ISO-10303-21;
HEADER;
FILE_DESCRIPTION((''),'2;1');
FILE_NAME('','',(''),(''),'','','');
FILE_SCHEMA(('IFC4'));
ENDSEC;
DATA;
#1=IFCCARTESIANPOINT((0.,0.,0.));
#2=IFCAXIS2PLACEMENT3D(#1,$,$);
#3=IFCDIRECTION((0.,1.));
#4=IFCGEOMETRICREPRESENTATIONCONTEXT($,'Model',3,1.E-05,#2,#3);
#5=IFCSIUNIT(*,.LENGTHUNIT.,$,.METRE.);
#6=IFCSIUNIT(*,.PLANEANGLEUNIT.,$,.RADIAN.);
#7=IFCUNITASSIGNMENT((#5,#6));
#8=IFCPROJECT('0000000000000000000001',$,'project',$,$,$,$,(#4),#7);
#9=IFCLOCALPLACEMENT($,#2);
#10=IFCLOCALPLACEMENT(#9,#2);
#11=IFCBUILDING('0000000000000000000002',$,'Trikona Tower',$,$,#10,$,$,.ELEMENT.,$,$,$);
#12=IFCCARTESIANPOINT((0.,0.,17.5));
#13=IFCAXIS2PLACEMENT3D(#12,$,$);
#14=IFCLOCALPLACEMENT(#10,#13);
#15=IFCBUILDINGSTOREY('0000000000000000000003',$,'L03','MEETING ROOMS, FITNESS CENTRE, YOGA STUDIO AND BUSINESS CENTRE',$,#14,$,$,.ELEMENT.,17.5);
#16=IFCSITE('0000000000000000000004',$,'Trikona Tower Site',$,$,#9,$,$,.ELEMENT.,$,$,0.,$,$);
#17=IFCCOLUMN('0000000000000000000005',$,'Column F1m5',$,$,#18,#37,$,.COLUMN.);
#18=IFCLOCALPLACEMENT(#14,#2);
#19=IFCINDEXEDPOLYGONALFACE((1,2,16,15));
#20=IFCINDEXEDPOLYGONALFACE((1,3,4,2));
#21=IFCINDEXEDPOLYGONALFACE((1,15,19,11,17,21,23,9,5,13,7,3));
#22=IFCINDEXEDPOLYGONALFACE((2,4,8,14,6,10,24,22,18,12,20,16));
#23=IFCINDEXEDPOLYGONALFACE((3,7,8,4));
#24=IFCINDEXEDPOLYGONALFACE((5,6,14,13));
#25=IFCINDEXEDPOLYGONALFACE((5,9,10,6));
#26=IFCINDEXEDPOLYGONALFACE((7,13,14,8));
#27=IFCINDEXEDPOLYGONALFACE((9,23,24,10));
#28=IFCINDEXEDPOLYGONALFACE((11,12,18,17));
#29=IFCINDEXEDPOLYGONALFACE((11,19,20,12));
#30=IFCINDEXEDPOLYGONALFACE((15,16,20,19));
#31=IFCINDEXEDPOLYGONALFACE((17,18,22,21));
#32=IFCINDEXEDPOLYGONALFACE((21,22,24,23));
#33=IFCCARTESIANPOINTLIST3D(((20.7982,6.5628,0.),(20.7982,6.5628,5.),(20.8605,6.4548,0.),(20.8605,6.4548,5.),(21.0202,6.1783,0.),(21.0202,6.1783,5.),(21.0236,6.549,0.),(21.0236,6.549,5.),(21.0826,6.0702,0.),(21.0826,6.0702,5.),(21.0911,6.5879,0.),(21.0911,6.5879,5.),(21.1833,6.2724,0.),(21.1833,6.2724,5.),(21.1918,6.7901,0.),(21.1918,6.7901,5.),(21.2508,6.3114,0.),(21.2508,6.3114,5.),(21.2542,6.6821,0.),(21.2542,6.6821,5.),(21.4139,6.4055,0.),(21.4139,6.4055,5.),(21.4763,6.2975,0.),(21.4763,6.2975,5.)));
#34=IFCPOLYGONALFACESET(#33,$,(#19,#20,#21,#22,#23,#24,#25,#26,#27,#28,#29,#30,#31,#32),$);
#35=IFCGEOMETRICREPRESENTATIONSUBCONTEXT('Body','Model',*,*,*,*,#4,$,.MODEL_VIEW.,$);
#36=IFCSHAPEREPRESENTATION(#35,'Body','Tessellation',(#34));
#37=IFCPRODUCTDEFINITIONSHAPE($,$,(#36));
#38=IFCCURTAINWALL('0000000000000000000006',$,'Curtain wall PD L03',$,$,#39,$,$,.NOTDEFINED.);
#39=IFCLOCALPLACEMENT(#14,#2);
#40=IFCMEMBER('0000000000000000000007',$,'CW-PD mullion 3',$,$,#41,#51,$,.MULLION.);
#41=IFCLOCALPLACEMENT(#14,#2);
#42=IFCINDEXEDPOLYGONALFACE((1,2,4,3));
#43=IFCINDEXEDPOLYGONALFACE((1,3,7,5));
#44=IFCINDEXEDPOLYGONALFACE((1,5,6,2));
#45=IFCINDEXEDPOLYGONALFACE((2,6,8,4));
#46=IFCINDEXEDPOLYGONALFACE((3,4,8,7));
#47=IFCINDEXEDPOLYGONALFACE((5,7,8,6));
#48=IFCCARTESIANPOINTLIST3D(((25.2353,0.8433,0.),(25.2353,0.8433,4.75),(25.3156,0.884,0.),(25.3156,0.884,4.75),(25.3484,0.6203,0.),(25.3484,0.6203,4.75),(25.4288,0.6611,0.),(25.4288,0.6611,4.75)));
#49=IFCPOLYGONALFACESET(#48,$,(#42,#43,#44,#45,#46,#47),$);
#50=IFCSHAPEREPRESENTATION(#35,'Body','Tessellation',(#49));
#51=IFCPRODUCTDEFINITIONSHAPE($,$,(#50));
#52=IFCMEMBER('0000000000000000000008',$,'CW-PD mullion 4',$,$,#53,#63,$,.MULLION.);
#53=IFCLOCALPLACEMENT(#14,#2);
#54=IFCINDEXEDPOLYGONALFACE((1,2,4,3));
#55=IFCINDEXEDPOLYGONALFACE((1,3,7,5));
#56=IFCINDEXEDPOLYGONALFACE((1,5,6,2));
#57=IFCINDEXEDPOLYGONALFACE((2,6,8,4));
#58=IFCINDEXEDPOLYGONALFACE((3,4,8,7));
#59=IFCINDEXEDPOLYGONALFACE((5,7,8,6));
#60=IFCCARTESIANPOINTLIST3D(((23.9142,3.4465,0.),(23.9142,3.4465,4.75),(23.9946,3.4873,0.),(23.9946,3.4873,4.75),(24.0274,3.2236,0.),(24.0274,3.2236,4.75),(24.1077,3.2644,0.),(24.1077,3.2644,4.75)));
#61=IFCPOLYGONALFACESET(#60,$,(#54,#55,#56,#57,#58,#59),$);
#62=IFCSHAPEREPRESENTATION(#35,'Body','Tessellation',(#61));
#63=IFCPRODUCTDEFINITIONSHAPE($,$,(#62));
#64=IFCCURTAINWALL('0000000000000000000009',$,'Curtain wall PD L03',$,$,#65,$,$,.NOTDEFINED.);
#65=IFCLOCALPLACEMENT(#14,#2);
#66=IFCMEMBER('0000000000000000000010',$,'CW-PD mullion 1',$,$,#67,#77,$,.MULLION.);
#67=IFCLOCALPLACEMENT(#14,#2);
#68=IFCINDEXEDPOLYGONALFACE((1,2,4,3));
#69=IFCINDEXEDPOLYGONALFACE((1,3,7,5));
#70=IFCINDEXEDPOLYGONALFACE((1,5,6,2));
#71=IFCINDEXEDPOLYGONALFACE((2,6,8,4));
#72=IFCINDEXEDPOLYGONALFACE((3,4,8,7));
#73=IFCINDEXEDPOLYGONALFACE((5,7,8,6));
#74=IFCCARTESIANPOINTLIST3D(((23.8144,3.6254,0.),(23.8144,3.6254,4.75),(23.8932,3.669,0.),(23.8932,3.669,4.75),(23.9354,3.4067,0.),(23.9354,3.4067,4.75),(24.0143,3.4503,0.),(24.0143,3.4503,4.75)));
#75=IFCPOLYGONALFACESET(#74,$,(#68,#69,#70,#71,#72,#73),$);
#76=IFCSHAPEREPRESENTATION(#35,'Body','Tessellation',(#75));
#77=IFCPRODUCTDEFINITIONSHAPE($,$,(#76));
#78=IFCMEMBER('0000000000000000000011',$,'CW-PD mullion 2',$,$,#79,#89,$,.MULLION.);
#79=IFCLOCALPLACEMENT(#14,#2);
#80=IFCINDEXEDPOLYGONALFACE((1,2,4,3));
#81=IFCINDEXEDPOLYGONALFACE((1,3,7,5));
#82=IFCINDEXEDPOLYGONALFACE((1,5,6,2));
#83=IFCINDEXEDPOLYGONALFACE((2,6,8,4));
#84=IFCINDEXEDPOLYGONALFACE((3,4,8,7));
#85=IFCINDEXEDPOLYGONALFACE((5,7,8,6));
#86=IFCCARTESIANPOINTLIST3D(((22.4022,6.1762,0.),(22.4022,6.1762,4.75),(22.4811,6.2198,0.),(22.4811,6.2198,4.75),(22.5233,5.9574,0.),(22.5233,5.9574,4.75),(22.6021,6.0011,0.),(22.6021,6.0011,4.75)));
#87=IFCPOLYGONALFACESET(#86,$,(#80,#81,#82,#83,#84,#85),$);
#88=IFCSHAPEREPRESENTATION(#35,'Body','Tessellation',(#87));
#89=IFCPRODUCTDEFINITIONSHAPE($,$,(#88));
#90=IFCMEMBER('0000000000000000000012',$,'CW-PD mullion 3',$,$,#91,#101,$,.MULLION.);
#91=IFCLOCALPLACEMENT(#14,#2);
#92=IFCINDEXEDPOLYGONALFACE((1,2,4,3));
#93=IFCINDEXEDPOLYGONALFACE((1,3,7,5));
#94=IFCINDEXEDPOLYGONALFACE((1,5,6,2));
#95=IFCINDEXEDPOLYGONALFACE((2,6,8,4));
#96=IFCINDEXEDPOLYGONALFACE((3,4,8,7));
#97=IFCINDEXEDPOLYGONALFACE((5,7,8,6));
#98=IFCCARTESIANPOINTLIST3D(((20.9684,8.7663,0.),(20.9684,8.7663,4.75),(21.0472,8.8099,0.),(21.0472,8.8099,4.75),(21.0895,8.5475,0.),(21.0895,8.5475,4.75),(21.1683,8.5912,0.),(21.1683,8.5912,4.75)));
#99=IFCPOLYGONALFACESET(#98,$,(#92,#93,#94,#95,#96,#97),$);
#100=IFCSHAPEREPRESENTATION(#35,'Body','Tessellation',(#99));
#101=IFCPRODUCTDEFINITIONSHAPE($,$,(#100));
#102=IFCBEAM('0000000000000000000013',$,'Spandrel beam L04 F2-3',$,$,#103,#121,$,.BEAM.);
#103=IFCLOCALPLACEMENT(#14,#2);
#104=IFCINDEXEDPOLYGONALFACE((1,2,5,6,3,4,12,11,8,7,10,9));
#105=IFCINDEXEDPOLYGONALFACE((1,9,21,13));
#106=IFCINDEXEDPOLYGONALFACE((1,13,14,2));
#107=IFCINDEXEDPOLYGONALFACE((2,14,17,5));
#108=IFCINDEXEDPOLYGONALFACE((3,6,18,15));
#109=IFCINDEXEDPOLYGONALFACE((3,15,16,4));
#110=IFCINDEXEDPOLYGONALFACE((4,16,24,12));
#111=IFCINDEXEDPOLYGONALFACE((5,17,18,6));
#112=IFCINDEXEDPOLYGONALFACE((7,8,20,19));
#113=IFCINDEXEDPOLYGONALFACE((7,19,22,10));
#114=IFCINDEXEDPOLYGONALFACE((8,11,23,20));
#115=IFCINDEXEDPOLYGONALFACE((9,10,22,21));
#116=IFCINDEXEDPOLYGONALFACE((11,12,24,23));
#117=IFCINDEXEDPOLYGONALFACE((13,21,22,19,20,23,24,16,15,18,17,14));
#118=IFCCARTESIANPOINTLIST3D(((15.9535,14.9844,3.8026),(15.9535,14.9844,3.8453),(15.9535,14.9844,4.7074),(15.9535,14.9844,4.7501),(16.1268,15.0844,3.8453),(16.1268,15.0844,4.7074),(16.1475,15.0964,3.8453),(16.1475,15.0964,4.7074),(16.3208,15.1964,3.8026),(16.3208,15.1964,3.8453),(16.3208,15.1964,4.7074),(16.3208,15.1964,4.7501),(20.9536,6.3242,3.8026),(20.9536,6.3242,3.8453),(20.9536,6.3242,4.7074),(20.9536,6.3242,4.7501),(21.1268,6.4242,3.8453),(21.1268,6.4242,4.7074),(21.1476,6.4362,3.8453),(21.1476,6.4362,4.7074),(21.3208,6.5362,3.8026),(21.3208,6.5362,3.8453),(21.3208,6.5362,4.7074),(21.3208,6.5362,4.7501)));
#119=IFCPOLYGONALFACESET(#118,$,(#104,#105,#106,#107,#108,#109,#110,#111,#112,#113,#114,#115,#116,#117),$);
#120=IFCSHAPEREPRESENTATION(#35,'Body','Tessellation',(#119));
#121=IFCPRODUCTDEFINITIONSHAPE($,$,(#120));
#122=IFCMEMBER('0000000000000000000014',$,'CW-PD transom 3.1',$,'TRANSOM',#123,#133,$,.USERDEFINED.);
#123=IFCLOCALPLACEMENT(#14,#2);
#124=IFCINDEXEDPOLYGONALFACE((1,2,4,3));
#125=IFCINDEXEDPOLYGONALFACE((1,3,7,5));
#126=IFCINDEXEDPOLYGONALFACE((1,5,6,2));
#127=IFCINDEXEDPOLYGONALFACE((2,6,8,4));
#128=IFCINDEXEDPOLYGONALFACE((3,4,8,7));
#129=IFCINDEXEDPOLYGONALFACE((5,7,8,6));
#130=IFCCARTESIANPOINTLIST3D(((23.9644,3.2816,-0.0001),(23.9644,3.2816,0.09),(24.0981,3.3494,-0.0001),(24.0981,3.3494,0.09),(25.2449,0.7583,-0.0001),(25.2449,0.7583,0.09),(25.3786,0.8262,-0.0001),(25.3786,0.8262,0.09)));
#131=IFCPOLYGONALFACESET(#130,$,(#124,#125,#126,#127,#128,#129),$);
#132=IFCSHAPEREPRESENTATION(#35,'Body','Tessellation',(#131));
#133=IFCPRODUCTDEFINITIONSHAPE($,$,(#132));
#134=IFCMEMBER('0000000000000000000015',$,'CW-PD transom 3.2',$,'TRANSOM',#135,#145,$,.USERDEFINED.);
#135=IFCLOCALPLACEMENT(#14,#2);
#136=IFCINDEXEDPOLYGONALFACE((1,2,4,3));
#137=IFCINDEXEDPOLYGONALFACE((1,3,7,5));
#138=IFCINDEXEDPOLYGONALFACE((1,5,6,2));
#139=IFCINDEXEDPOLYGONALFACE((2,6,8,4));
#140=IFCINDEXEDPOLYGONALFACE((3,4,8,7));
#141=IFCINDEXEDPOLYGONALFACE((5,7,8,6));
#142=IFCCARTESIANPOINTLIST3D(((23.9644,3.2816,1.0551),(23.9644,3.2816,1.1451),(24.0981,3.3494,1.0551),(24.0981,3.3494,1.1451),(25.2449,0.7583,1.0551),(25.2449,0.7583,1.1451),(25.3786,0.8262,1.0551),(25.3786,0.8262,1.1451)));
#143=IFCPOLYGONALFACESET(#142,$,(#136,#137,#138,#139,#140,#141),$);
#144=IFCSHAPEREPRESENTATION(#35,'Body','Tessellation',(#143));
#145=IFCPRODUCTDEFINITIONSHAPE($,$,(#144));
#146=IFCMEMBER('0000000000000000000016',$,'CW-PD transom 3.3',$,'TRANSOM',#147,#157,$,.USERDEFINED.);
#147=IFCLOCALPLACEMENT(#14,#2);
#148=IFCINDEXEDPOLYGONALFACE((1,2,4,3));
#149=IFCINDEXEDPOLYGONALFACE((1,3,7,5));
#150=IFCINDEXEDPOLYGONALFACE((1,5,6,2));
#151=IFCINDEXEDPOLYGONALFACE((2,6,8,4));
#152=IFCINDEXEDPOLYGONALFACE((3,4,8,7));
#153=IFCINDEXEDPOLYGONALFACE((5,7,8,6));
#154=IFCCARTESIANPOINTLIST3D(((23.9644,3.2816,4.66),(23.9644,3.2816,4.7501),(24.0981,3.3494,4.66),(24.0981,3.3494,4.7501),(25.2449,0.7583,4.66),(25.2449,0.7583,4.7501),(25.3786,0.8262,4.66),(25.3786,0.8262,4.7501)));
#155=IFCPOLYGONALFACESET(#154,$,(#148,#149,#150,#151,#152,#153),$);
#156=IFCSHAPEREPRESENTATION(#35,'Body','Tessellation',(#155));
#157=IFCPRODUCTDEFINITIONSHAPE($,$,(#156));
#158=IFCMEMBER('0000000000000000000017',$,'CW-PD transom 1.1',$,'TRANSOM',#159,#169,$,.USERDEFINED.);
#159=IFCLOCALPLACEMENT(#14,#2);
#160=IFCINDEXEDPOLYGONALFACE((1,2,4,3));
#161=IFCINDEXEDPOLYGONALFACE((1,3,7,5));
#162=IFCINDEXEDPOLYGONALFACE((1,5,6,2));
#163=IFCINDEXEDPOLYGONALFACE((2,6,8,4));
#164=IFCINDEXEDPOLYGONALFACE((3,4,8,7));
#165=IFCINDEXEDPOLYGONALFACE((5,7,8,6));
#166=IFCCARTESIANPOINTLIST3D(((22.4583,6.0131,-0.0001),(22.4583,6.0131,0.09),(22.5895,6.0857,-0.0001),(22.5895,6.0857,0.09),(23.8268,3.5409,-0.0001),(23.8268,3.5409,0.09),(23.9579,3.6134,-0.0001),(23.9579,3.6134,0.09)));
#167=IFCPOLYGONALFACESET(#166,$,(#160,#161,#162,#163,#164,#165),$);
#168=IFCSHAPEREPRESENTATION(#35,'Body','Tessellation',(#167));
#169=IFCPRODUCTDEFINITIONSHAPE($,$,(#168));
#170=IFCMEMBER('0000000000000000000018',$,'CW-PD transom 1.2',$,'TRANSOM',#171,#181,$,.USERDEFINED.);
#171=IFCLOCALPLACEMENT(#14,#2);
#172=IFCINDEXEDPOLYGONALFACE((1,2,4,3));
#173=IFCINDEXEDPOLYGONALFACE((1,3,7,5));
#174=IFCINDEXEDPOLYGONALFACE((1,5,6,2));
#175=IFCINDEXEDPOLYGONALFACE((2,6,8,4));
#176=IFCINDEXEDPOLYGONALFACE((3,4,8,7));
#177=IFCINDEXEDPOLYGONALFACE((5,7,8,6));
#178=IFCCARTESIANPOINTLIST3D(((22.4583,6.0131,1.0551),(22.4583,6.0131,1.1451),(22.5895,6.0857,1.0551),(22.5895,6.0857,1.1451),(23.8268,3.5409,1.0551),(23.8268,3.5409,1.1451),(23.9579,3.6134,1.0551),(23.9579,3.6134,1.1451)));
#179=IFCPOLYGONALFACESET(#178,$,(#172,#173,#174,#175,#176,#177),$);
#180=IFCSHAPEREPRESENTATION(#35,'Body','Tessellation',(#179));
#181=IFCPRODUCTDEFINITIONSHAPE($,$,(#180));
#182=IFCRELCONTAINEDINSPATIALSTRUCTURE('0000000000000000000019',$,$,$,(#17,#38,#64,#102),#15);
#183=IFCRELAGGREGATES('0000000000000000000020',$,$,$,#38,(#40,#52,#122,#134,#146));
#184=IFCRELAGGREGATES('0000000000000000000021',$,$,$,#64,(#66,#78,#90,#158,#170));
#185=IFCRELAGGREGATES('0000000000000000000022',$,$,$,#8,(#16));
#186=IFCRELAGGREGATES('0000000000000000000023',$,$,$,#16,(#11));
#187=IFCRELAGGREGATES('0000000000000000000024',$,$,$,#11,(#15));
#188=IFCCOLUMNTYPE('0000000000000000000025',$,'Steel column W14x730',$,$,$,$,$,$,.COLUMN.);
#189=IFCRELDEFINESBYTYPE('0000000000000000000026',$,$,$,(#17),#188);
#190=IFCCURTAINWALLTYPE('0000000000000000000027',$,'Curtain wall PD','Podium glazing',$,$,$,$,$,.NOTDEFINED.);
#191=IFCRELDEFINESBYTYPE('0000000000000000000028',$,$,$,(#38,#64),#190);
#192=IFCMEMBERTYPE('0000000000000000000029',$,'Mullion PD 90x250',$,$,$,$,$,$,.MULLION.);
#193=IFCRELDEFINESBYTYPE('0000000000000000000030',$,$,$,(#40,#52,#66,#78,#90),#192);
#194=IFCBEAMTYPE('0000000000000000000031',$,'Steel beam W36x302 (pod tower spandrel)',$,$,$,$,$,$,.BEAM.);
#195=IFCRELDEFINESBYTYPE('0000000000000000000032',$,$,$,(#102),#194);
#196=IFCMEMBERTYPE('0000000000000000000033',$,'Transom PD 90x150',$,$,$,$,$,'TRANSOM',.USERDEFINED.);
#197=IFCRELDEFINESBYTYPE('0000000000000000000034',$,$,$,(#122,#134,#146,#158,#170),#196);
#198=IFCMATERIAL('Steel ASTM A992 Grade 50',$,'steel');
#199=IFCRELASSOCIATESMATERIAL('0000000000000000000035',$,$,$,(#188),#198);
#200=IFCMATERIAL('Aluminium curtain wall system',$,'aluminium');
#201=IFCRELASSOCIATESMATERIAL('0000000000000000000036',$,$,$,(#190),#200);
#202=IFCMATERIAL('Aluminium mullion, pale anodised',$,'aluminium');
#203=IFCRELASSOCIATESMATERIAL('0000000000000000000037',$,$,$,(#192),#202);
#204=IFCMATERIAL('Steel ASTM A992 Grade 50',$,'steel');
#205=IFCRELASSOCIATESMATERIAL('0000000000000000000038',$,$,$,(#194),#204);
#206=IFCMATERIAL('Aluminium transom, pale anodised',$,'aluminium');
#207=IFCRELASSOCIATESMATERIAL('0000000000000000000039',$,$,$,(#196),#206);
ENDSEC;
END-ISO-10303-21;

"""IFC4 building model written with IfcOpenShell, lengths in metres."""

from ifc_helpers import new_model, si_unit, direction, frame, origin, origin_2d, place, context, subcontext, project, spatial, rectangle, i_section, extrude, material, material_profile, profile_set, type_object, element, aggregate, save


model = new_model("IFC4")

# Units and contexts
model_context = context("Model", 3, precision=1e-05, world=origin(), true_north=direction((0.0, 1.0)))
body_context = subcontext(model_context, "Body", "Model", "MODEL_VIEW")
ifc_project = project(units=[si_unit("LENGTHUNIT", "METRE"), si_unit("PLANEANGLEUNIT", "RADIAN")], contexts=[model_context])

# Site, building, storey
site_placement = place(None, origin())
site = spatial("IfcSite", under=ifc_project, at=site_placement, Name="Trikona Tower Site", CompositionType="ELEMENT", RefElevation=0.0)
building_placement = place(site_placement, origin())
building = spatial("IfcBuilding", under=site, at=building_placement, Name="Trikona Tower", CompositionType="ELEMENT")
storey_placement = place(building_placement, frame((0.0, 0.0, 17.5)))
storey = spatial("IfcBuildingStorey", under=building, at=storey_placement, Name="L03", Description="MEETING ROOMS, FITNESS CENTRE, YOGA STUDIO AND BUSINESS CENTRE", CompositionType="ELEMENT", Elevation=17.5)

# Column
ifc_material_1 = material(Name="Steel ASTM A992 Grade 50", Category="steel")
ifc_material_profile_1 = material_profile(ifc_material_1, i_section(OverallWidth=0.4546, OverallDepth=0.5688, WebThickness=0.0779, FlangeThickness=0.1248, at=origin_2d()), Name="W14X730")
ifc_profile_set_1 = profile_set([ifc_material_profile_1], Name="Steel ASTM A992 Grade 50")
column_type = type_object("IfcColumnType", Name="Steel column W14x730", PredefinedType="COLUMN", material=ifc_profile_set_1)
column_placement = place(storey_placement, frame((21.1372, 6.4302, 0.0), z_axis=(0.0, 0.0, 1.0), x_axis=(0.866025, 0.5, 0.0)))
element("IfcColumn", 1, at=column_placement, inside=storey, type_object=column_type, Name="Column F1m5", PredefinedType="COLUMN", context=body_context, shape_type="SweptSolid", body=[
    extrude(i_section(OverallWidth=0.4546, OverallDepth=0.5688, WebThickness=0.0779, FlangeThickness=0.1248, at=origin_2d()), origin(), (0.0, 0.0, 1.0), 5.0),
])

# Curtain walls, members
ifc_material_2 = material(Name="Aluminium curtain wall system", Category="aluminium")
curtain_wall_type = type_object("IfcCurtainWallType", Name="Curtain wall PD", Description="Podium glazing", PredefinedType="NOTDEFINED", material=ifc_material_2)
curtain_wall_1_placement = place(storey_placement, origin())
curtain_wall_1 = element("IfcCurtainWall", 2, at=curtain_wall_1_placement, inside=storey, type_object=curtain_wall_type, Name="Curtain wall PD L03", PredefinedType="NOTDEFINED")
ifc_material_3 = material(Name="Aluminium mullion, pale anodised", Category="aluminium")
ifc_material_profile_2 = material_profile(ifc_material_3, rectangle(XDim=0.0901, YDim=0.25, at=origin_2d()), Name="MUL-PD")
ifc_profile_set_2 = profile_set([ifc_material_profile_2], Name="Aluminium mullion, pale anodised")
member_type_1 = type_object("IfcMemberType", Name="Mullion PD 90x250", PredefinedType="MULLION", material=ifc_profile_set_2)
member_1_placement = place(storey_placement, frame((25.332, 0.7522, 0.0), z_axis=(0.0, 0.0, 1.0), x_axis=(-0.891726, -0.452576, 0.0)))
member_1 = element("IfcMember", 3, at=member_1_placement, type_object=member_type_1, Name="CW-PD mullion 3", PredefinedType="MULLION", context=body_context, shape_type="SweptSolid", body=[
    extrude(rectangle(XDim=0.0901, YDim=0.25, at=origin_2d()), origin(), (0.0, 0.0, 1.0), 4.75),
])
member_2_placement = place(storey_placement, frame((24.011, 3.3555, 0.0), z_axis=(0.0, 0.0, 1.0), x_axis=(-0.891726, -0.452576, 0.0)))
member_2 = element("IfcMember", 4, at=member_2_placement, type_object=member_type_1, Name="CW-PD mullion 4", PredefinedType="MULLION", context=body_context, shape_type="SweptSolid", body=[
    extrude(rectangle(XDim=0.0901, YDim=0.25, at=origin_2d()), origin(), (0.0, 0.0, 1.0), 4.75),
])
curtain_wall_2_placement = place(storey_placement, origin())
curtain_wall_2 = element("IfcCurtainWall", 5, at=curtain_wall_2_placement, inside=storey, type_object=curtain_wall_type, Name="Curtain wall PD L03", PredefinedType="NOTDEFINED")
member_3_placement = place(storey_placement, frame((23.9143, 3.5378, 0.0), z_axis=(0.0, 0.0, 1.0), x_axis=(-0.874884, -0.484332, 0.0)))
member_3 = element("IfcMember", 6, at=member_3_placement, type_object=member_type_1, Name="CW-PD mullion 1", PredefinedType="MULLION", context=body_context, shape_type="SweptSolid", body=[
    extrude(rectangle(XDim=0.0901, YDim=0.25, at=origin_2d()), origin(), (0.0, 0.0, 1.0), 4.75),
])
member_4_placement = place(storey_placement, frame((22.5022, 6.0886, 0.0), z_axis=(0.0, 0.0, 1.0), x_axis=(-0.874884, -0.484332, 0.0)))
member_4 = element("IfcMember", 7, at=member_4_placement, type_object=member_type_1, Name="CW-PD mullion 2", PredefinedType="MULLION", context=body_context, shape_type="SweptSolid", body=[
    extrude(rectangle(XDim=0.0901, YDim=0.25, at=origin_2d()), origin(), (0.0, 0.0, 1.0), 4.75),
])
member_5_placement = place(storey_placement, frame((21.0684, 8.6787, 0.0), z_axis=(0.0, 0.0, 1.0), x_axis=(-0.874884, -0.484332, 0.0)))
member_5 = element("IfcMember", 8, at=member_5_placement, type_object=member_type_1, Name="CW-PD mullion 3", PredefinedType="MULLION", context=body_context, shape_type="SweptSolid", body=[
    extrude(rectangle(XDim=0.0901, YDim=0.25, at=origin_2d()), origin(), (0.0, 0.0, 1.0), 4.75),
])

# Beam
ifc_material_4 = material(Name="Steel ASTM A992 Grade 50", Category="steel")
ifc_material_profile_3 = material_profile(ifc_material_4, i_section(OverallWidth=0.4241, OverallDepth=0.9475, WebThickness=0.0239, FlangeThickness=0.0427, at=origin_2d()), Name="W36X302")
ifc_profile_set_3 = profile_set([ifc_material_profile_3], Name="Steel ASTM A992 Grade 50")
beam_type = type_object("IfcBeamType", Name="Steel beam W36x302 (pod tower spandrel)", PredefinedType="BEAM", material=ifc_profile_set_3)
beam_placement = place(storey_placement, frame((21.1372, 6.4302, 4.2764), z_axis=(-0.500004, 0.866023, 0.0), x_axis=(-0.866023, -0.500004, 0.0)))
element("IfcBeam", 9, at=beam_placement, inside=storey, type_object=beam_type, Name="Spandrel beam L04 F2-3", PredefinedType="BEAM", context=body_context, shape_type="SweptSolid", body=[
    extrude(i_section(OverallWidth=0.4241, OverallDepth=0.9475, WebThickness=0.0239, FlangeThickness=0.0427, at=origin_2d()), origin(), (0.0, 0.0, 1.0), 10.0),
])

# Members
ifc_material_5 = material(Name="Aluminium transom, pale anodised", Category="aluminium")
ifc_material_profile_4 = material_profile(ifc_material_5, rectangle(XDim=0.1499, YDim=0.0901, at=origin_2d()), Name="TRN-PD")
ifc_profile_set_4 = profile_set([ifc_material_profile_4], Name="Aluminium transom, pale anodised")
member_type_2 = type_object("IfcMemberType", Name="Transom PD 90x150", ElementType="TRANSOM", PredefinedType="USERDEFINED", material=ifc_profile_set_4)
member_6_placement = place(storey_placement, frame((25.3118, 0.7922, 0.0449), z_axis=(-0.452555, 0.891736, 0.0), x_axis=(-0.891736, -0.452555, 0.0)))
member_6 = element("IfcMember", 10, at=member_6_placement, type_object=member_type_2, Name="CW-PD transom 3.1", ObjectType="TRANSOM", PredefinedType="USERDEFINED", context=body_context, shape_type="SweptSolid", body=[
    extrude(rectangle(XDim=0.1499, YDim=0.0901, at=origin_2d()), origin(), (0.0, 0.0, 1.0), 2.8296),
])
member_7_placement = place(storey_placement, frame((25.3118, 0.7922, 1.1001), z_axis=(-0.452555, 0.891736, 0.0), x_axis=(-0.891736, -0.452555, 0.0)))
member_7 = element("IfcMember", 11, at=member_7_placement, type_object=member_type_2, Name="CW-PD transom 3.2", ObjectType="TRANSOM", PredefinedType="USERDEFINED", context=body_context, shape_type="SweptSolid", body=[
    extrude(rectangle(XDim=0.1499, YDim=0.0901, at=origin_2d()), origin(), (0.0, 0.0, 1.0), 2.8296),
])
member_8_placement = place(storey_placement, frame((25.3118, 0.7922, 4.7051), z_axis=(-0.452555, 0.891736, 0.0), x_axis=(-0.891736, -0.452555, 0.0)))
member_8 = element("IfcMember", 12, at=member_8_placement, type_object=member_type_2, Name="CW-PD transom 3.3", ObjectType="TRANSOM", PredefinedType="USERDEFINED", context=body_context, shape_type="SweptSolid", body=[
    extrude(rectangle(XDim=0.1499, YDim=0.0901, at=origin_2d()), origin(), (0.0, 0.0, 1.0), 2.8296),
])
member_9_placement = place(storey_placement, frame((23.8923, 3.5771, 0.0449), z_axis=(-0.484285, 0.87491, 0.0), x_axis=(-0.87491, -0.484285, 0.0)))
member_9 = element("IfcMember", 13, at=member_9_placement, type_object=member_type_2, Name="CW-PD transom 1.1", ObjectType="TRANSOM", PredefinedType="USERDEFINED", context=body_context, shape_type="SweptSolid", body=[
    extrude(rectangle(XDim=0.1499, YDim=0.0901, at=origin_2d()), origin(), (0.0, 0.0, 1.0), 2.8257),
])
member_10_placement = place(storey_placement, frame((23.8923, 3.5771, 1.1001), z_axis=(-0.484285, 0.87491, 0.0), x_axis=(-0.87491, -0.484285, 0.0)))
member_10 = element("IfcMember", 14, at=member_10_placement, type_object=member_type_2, Name="CW-PD transom 1.2", ObjectType="TRANSOM", PredefinedType="USERDEFINED", context=body_context, shape_type="SweptSolid", body=[
    extrude(rectangle(XDim=0.1499, YDim=0.0901, at=origin_2d()), origin(), (0.0, 0.0, 1.0), 2.8257),
])

aggregate(curtain_wall_1, [member_1, member_2, member_6, member_7, member_8])
aggregate(curtain_wall_2, [member_3, member_4, member_5, member_9, member_10])

save(model, "model.ifc")
